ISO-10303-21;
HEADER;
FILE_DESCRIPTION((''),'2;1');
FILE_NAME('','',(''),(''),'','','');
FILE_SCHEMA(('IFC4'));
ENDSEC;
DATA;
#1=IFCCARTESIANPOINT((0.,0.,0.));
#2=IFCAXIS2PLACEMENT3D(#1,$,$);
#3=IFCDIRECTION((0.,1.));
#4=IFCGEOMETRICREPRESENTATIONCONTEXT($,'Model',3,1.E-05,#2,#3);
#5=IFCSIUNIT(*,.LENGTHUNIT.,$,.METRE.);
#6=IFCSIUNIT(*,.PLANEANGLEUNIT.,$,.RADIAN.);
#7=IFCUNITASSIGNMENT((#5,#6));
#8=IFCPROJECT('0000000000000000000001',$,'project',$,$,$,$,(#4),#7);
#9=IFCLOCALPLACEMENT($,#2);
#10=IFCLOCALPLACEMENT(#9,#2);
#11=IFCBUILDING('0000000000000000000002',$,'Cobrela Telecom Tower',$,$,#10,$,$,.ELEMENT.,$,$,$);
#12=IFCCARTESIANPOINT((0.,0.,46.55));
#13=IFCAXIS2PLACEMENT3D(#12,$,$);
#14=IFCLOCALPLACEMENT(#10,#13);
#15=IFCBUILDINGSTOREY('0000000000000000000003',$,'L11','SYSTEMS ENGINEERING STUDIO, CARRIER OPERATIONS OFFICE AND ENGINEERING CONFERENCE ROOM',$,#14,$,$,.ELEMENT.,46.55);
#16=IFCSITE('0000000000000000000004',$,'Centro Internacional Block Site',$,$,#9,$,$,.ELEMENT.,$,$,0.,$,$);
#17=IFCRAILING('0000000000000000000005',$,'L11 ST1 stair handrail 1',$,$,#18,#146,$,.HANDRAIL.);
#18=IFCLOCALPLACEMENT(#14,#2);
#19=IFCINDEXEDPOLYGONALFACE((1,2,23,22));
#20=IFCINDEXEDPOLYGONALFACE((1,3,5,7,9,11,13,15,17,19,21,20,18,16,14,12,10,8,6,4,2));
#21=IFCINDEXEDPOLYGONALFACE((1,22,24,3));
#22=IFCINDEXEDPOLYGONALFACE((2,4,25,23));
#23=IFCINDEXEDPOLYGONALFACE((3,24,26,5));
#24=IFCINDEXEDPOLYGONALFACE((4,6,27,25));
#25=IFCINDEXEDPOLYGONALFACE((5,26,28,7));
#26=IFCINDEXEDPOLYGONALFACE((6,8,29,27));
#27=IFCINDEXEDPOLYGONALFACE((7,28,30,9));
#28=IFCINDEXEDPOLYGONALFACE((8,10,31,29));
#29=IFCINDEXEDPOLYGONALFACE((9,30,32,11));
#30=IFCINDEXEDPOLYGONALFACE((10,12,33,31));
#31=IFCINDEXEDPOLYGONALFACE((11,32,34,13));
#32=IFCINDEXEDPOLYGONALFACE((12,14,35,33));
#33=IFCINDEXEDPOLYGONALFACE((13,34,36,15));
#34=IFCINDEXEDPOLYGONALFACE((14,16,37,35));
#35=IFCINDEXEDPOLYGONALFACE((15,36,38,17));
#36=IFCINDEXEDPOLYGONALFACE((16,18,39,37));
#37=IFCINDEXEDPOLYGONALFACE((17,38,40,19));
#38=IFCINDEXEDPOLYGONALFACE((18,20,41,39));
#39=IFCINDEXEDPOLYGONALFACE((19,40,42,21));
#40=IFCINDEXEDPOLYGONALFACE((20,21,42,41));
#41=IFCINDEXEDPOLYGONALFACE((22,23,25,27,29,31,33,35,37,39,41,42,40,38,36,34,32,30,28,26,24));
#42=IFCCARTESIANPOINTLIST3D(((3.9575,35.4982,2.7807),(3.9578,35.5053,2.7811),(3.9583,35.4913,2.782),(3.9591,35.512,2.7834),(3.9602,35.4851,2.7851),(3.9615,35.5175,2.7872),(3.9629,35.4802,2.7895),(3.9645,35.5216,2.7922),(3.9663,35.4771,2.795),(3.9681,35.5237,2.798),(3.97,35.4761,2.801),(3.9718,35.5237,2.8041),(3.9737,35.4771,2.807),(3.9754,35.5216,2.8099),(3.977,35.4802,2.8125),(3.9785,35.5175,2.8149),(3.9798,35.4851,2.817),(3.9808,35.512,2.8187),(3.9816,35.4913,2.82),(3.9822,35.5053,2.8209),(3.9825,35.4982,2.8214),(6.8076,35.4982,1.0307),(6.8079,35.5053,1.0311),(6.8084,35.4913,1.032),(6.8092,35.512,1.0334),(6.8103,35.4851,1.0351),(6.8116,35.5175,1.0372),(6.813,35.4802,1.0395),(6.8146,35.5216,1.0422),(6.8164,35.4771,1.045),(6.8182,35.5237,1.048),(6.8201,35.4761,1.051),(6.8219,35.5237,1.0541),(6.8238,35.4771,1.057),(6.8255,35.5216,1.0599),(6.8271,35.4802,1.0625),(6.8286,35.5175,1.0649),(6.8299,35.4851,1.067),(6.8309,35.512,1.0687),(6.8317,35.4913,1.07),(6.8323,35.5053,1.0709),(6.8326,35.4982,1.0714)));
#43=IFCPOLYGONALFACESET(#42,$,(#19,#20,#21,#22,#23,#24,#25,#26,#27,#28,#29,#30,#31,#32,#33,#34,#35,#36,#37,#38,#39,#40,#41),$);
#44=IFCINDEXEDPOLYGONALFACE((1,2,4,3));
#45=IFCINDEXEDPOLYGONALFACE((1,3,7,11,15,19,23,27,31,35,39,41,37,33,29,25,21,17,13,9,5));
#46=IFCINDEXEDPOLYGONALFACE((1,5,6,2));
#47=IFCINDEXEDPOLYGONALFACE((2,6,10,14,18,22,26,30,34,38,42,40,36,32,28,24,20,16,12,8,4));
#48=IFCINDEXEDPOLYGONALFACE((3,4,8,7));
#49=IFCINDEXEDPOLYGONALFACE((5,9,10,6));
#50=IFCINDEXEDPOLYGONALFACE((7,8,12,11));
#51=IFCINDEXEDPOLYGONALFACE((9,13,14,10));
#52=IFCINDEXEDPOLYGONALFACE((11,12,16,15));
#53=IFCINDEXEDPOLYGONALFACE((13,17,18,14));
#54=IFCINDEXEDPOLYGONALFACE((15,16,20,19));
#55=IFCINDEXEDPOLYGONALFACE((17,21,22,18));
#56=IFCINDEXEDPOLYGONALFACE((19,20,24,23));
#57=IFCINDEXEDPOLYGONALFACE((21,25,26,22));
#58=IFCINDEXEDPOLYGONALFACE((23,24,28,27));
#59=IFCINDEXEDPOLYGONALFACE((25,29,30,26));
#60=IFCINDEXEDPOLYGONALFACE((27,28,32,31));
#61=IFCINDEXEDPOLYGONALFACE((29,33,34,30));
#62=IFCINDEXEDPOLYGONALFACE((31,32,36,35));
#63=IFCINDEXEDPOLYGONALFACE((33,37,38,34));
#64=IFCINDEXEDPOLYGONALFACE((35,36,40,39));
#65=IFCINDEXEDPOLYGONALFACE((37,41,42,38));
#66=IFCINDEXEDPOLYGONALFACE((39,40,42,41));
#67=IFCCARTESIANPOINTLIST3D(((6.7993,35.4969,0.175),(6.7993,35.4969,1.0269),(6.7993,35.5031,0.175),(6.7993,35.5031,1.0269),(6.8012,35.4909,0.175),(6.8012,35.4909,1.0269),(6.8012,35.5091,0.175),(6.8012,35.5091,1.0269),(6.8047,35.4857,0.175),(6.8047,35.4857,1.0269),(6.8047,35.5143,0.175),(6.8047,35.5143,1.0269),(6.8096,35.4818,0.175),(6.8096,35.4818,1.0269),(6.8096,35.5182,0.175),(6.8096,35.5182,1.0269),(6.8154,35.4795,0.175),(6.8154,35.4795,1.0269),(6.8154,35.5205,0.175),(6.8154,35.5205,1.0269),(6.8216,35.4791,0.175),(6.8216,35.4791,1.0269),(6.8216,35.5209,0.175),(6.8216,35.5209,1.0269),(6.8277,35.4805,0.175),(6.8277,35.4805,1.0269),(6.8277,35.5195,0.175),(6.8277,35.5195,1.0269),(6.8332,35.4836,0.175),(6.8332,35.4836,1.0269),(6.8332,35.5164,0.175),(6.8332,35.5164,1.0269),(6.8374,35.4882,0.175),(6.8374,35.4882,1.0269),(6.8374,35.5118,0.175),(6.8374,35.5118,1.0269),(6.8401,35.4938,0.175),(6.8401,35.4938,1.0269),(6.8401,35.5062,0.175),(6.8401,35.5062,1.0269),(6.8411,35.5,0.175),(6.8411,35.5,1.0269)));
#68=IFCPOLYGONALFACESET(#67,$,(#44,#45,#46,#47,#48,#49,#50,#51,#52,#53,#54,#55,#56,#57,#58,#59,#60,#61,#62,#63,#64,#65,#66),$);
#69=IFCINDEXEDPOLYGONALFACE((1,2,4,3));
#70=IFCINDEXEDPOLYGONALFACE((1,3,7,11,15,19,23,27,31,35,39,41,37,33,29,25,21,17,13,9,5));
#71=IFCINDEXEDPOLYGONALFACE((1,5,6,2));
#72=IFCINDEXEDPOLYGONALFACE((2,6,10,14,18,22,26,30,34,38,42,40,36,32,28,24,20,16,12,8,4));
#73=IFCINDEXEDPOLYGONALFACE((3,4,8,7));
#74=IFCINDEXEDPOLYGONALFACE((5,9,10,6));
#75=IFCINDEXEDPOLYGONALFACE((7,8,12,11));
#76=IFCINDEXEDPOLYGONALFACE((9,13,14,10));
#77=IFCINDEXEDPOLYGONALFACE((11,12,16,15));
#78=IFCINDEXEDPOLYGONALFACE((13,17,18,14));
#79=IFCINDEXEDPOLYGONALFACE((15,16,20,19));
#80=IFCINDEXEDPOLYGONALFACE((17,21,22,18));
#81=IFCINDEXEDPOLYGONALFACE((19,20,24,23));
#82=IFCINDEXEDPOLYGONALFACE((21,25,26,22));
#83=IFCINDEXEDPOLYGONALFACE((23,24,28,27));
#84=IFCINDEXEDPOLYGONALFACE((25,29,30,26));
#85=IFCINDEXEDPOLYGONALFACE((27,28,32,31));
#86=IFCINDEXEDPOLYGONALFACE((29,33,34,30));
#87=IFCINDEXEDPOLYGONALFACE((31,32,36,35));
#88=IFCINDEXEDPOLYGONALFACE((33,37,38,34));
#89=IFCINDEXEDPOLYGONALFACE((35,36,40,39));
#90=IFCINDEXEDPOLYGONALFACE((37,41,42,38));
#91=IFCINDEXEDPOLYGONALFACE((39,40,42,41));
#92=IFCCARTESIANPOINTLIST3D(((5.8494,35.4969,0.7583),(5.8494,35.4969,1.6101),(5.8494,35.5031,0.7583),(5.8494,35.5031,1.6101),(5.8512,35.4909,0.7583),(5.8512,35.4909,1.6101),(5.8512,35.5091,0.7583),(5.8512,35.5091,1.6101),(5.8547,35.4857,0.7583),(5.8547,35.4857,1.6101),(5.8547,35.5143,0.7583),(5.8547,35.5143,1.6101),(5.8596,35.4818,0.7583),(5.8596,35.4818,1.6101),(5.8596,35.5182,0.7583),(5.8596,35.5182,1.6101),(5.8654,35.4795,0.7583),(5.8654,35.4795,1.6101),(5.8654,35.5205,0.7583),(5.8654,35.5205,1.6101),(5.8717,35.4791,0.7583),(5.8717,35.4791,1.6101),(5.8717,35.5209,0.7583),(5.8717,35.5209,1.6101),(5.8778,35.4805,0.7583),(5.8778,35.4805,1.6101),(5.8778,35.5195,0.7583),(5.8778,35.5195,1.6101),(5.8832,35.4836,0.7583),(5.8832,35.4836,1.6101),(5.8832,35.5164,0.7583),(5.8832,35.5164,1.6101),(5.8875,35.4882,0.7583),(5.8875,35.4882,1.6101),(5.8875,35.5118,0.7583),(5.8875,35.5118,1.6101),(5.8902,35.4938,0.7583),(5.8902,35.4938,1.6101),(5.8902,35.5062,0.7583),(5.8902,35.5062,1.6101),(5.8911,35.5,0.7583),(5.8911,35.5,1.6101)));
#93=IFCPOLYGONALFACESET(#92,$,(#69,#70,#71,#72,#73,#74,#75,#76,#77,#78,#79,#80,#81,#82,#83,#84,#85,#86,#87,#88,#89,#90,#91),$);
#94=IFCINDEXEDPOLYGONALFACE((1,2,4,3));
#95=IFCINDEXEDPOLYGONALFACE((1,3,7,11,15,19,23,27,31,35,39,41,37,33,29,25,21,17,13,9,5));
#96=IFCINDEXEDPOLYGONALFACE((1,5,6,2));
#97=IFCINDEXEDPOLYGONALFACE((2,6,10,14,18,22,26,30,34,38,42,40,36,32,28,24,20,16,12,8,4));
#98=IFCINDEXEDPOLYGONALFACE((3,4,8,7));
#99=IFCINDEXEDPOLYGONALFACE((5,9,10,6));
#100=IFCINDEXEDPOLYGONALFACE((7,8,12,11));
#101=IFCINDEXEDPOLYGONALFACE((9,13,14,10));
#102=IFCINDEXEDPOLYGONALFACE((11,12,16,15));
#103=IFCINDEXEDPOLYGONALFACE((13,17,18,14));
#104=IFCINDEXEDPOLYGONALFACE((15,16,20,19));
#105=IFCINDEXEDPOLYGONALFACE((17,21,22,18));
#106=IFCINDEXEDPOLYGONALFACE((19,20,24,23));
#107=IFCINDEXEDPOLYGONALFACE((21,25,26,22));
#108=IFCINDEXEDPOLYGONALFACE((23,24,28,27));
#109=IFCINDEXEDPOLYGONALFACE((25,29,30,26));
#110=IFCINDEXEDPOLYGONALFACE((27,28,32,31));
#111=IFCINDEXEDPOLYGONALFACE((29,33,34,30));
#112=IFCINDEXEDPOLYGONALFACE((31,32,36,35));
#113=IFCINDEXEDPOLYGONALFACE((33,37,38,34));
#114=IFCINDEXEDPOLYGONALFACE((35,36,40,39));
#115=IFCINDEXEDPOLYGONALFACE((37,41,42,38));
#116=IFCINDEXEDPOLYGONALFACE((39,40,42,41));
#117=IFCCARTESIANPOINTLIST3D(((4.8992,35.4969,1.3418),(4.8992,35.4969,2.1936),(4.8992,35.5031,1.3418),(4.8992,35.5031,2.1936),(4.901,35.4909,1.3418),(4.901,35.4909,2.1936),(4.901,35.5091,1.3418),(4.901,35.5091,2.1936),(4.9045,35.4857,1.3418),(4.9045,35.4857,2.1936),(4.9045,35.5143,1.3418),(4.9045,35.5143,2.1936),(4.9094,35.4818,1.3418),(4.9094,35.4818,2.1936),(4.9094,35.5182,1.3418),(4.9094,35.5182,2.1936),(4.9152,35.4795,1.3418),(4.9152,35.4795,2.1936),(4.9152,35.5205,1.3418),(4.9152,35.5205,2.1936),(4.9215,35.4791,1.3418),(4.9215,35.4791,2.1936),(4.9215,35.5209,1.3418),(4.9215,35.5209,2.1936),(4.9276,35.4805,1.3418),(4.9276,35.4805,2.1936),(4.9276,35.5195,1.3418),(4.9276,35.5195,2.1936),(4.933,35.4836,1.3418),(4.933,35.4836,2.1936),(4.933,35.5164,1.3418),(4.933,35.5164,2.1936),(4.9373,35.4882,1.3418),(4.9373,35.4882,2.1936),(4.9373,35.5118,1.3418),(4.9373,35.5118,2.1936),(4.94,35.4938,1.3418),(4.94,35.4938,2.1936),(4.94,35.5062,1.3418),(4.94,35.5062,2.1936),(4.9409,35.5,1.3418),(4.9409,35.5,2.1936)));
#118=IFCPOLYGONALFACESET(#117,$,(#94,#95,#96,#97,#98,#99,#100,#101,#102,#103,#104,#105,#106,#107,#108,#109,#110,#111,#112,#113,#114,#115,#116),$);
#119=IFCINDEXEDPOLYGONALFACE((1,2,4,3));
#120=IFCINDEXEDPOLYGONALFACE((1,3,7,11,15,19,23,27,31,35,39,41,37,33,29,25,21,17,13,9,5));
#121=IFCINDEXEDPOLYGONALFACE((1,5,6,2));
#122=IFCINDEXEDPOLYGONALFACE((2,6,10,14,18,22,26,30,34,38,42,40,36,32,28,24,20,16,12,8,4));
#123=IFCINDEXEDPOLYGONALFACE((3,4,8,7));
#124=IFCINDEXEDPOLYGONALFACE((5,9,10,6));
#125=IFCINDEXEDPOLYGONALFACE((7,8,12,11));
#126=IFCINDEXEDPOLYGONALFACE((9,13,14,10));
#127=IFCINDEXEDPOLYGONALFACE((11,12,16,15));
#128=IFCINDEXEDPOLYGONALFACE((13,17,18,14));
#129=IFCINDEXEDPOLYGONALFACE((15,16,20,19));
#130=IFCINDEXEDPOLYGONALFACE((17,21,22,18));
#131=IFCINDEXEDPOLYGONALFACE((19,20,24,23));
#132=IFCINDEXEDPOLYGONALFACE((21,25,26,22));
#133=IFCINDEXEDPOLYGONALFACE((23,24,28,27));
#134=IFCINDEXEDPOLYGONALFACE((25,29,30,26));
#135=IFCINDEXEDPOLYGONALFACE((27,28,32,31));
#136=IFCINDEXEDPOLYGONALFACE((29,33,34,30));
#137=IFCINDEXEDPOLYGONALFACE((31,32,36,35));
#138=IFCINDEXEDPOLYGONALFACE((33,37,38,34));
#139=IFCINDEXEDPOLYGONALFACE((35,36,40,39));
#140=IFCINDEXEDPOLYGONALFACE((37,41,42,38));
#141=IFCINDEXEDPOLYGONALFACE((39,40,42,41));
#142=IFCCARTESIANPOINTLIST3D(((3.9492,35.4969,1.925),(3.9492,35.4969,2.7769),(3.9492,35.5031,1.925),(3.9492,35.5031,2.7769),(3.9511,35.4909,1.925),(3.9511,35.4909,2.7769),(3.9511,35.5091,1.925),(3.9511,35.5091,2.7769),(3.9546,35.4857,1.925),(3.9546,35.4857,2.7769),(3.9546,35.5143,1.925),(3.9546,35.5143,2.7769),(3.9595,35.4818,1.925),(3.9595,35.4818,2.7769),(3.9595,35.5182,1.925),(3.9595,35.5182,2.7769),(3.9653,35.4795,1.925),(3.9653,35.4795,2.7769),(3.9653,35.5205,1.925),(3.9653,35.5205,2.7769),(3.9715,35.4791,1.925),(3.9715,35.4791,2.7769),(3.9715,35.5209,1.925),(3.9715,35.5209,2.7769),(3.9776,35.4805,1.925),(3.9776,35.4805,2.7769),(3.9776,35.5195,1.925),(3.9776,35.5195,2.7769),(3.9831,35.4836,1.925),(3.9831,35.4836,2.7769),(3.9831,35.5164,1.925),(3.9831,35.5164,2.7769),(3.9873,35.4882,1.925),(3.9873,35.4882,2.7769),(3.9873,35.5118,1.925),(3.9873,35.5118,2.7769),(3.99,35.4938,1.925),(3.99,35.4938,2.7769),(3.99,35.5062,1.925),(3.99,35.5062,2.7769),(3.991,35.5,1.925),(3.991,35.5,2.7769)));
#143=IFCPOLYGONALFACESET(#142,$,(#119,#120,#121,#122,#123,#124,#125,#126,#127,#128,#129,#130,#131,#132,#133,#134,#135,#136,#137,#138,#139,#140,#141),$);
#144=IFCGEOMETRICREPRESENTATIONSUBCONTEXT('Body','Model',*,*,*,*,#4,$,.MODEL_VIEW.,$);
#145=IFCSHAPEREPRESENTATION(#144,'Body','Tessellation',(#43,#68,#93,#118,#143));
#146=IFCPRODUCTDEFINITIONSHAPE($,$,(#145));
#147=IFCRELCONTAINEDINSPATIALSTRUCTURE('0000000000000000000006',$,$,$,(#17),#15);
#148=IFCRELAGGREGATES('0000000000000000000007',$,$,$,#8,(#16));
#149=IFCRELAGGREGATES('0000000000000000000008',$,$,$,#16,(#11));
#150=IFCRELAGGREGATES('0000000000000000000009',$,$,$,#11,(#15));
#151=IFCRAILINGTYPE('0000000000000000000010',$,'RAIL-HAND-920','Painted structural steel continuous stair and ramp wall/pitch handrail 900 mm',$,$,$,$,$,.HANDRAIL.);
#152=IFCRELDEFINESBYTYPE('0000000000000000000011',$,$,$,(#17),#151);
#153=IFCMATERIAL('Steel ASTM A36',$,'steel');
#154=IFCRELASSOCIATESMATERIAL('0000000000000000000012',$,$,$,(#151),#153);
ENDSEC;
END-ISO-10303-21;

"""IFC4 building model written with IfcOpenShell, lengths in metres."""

from ifc_helpers import new_model, si_unit, direction, frame, origin, origin_2d, place, context, subcontext, project, spatial, circle, extrude, material, type_object, element, save


model = new_model("IFC4")

# Units and contexts
model_context = context("Model", 3, precision=1e-05, world=origin(), true_north=direction((0.0, 1.0)))
body_context = subcontext(model_context, "Body", "Model", "MODEL_VIEW")
ifc_project = project(units=[si_unit("LENGTHUNIT", "METRE"), si_unit("PLANEANGLEUNIT", "RADIAN")], contexts=[model_context])

# Site, building, storey
site_placement = place(None, origin())
site = spatial("IfcSite", under=ifc_project, at=site_placement, Name="Centro Internacional Block Site", CompositionType="ELEMENT", RefElevation=0.0)
building_placement = place(site_placement, origin())
building = spatial("IfcBuilding", under=site, at=building_placement, Name="Cobrela Telecom Tower", CompositionType="ELEMENT")
storey_placement = place(building_placement, frame((0.0, 0.0, 46.55)))
storey = spatial("IfcBuildingStorey", under=building, at=storey_placement, Name="L11", Description="SYSTEMS ENGINEERING STUDIO, CARRIER OPERATIONS OFFICE AND ENGINEERING CONFERENCE ROOM", CompositionType="ELEMENT", Elevation=46.55)

# Shared definitions
ifc_material_1 = material(Name="Steel ASTM A36", Category="steel")

# Railing
railing_type_1 = type_object("IfcRailingType", Name="RAIL-HAND-920", Description="Painted structural steel continuous stair and ramp wall/pitch handrail 900 mm", PredefinedType="HANDRAIL", material=ifc_material_1)
railing_1_placement = place(storey_placement, frame((6.8201, 35.5, 0.175)))
element("IfcRailing", 1, at=railing_1_placement, inside=storey, type_object=railing_type_1, Name="L11 ST1 stair handrail 1", PredefinedType="HANDRAIL", context=body_context, shape_type="SweptSolid", body=[
    extrude(circle(Radius=0.0239, at=origin_2d()), frame((0.0, 0.0, 0.876), z_axis=(-0.852179, 0.0, 0.52325), x_axis=(0.0, -1.0, 0.0)), (0.0, 0.0, 1.0), 3.3445),
    extrude(circle(Radius=0.021, at=origin_2d()), origin(), (0.0, 0.0, 1.0), 0.8518),
    extrude(circle(Radius=0.021, at=origin_2d()), frame((-0.95, 0.0, 0.5833)), (0.0, 0.0, 1.0), 0.8518),
    extrude(circle(Radius=0.021, at=origin_2d()), frame((-1.9001, 0.0, 1.1667)), (0.0, 0.0, 1.0), 0.8518),
    extrude(circle(Radius=0.021, at=origin_2d()), frame((-2.8501, 0.0, 1.75)), (0.0, 0.0, 1.0), 0.8518),
])

save(model, "model.ifc")
